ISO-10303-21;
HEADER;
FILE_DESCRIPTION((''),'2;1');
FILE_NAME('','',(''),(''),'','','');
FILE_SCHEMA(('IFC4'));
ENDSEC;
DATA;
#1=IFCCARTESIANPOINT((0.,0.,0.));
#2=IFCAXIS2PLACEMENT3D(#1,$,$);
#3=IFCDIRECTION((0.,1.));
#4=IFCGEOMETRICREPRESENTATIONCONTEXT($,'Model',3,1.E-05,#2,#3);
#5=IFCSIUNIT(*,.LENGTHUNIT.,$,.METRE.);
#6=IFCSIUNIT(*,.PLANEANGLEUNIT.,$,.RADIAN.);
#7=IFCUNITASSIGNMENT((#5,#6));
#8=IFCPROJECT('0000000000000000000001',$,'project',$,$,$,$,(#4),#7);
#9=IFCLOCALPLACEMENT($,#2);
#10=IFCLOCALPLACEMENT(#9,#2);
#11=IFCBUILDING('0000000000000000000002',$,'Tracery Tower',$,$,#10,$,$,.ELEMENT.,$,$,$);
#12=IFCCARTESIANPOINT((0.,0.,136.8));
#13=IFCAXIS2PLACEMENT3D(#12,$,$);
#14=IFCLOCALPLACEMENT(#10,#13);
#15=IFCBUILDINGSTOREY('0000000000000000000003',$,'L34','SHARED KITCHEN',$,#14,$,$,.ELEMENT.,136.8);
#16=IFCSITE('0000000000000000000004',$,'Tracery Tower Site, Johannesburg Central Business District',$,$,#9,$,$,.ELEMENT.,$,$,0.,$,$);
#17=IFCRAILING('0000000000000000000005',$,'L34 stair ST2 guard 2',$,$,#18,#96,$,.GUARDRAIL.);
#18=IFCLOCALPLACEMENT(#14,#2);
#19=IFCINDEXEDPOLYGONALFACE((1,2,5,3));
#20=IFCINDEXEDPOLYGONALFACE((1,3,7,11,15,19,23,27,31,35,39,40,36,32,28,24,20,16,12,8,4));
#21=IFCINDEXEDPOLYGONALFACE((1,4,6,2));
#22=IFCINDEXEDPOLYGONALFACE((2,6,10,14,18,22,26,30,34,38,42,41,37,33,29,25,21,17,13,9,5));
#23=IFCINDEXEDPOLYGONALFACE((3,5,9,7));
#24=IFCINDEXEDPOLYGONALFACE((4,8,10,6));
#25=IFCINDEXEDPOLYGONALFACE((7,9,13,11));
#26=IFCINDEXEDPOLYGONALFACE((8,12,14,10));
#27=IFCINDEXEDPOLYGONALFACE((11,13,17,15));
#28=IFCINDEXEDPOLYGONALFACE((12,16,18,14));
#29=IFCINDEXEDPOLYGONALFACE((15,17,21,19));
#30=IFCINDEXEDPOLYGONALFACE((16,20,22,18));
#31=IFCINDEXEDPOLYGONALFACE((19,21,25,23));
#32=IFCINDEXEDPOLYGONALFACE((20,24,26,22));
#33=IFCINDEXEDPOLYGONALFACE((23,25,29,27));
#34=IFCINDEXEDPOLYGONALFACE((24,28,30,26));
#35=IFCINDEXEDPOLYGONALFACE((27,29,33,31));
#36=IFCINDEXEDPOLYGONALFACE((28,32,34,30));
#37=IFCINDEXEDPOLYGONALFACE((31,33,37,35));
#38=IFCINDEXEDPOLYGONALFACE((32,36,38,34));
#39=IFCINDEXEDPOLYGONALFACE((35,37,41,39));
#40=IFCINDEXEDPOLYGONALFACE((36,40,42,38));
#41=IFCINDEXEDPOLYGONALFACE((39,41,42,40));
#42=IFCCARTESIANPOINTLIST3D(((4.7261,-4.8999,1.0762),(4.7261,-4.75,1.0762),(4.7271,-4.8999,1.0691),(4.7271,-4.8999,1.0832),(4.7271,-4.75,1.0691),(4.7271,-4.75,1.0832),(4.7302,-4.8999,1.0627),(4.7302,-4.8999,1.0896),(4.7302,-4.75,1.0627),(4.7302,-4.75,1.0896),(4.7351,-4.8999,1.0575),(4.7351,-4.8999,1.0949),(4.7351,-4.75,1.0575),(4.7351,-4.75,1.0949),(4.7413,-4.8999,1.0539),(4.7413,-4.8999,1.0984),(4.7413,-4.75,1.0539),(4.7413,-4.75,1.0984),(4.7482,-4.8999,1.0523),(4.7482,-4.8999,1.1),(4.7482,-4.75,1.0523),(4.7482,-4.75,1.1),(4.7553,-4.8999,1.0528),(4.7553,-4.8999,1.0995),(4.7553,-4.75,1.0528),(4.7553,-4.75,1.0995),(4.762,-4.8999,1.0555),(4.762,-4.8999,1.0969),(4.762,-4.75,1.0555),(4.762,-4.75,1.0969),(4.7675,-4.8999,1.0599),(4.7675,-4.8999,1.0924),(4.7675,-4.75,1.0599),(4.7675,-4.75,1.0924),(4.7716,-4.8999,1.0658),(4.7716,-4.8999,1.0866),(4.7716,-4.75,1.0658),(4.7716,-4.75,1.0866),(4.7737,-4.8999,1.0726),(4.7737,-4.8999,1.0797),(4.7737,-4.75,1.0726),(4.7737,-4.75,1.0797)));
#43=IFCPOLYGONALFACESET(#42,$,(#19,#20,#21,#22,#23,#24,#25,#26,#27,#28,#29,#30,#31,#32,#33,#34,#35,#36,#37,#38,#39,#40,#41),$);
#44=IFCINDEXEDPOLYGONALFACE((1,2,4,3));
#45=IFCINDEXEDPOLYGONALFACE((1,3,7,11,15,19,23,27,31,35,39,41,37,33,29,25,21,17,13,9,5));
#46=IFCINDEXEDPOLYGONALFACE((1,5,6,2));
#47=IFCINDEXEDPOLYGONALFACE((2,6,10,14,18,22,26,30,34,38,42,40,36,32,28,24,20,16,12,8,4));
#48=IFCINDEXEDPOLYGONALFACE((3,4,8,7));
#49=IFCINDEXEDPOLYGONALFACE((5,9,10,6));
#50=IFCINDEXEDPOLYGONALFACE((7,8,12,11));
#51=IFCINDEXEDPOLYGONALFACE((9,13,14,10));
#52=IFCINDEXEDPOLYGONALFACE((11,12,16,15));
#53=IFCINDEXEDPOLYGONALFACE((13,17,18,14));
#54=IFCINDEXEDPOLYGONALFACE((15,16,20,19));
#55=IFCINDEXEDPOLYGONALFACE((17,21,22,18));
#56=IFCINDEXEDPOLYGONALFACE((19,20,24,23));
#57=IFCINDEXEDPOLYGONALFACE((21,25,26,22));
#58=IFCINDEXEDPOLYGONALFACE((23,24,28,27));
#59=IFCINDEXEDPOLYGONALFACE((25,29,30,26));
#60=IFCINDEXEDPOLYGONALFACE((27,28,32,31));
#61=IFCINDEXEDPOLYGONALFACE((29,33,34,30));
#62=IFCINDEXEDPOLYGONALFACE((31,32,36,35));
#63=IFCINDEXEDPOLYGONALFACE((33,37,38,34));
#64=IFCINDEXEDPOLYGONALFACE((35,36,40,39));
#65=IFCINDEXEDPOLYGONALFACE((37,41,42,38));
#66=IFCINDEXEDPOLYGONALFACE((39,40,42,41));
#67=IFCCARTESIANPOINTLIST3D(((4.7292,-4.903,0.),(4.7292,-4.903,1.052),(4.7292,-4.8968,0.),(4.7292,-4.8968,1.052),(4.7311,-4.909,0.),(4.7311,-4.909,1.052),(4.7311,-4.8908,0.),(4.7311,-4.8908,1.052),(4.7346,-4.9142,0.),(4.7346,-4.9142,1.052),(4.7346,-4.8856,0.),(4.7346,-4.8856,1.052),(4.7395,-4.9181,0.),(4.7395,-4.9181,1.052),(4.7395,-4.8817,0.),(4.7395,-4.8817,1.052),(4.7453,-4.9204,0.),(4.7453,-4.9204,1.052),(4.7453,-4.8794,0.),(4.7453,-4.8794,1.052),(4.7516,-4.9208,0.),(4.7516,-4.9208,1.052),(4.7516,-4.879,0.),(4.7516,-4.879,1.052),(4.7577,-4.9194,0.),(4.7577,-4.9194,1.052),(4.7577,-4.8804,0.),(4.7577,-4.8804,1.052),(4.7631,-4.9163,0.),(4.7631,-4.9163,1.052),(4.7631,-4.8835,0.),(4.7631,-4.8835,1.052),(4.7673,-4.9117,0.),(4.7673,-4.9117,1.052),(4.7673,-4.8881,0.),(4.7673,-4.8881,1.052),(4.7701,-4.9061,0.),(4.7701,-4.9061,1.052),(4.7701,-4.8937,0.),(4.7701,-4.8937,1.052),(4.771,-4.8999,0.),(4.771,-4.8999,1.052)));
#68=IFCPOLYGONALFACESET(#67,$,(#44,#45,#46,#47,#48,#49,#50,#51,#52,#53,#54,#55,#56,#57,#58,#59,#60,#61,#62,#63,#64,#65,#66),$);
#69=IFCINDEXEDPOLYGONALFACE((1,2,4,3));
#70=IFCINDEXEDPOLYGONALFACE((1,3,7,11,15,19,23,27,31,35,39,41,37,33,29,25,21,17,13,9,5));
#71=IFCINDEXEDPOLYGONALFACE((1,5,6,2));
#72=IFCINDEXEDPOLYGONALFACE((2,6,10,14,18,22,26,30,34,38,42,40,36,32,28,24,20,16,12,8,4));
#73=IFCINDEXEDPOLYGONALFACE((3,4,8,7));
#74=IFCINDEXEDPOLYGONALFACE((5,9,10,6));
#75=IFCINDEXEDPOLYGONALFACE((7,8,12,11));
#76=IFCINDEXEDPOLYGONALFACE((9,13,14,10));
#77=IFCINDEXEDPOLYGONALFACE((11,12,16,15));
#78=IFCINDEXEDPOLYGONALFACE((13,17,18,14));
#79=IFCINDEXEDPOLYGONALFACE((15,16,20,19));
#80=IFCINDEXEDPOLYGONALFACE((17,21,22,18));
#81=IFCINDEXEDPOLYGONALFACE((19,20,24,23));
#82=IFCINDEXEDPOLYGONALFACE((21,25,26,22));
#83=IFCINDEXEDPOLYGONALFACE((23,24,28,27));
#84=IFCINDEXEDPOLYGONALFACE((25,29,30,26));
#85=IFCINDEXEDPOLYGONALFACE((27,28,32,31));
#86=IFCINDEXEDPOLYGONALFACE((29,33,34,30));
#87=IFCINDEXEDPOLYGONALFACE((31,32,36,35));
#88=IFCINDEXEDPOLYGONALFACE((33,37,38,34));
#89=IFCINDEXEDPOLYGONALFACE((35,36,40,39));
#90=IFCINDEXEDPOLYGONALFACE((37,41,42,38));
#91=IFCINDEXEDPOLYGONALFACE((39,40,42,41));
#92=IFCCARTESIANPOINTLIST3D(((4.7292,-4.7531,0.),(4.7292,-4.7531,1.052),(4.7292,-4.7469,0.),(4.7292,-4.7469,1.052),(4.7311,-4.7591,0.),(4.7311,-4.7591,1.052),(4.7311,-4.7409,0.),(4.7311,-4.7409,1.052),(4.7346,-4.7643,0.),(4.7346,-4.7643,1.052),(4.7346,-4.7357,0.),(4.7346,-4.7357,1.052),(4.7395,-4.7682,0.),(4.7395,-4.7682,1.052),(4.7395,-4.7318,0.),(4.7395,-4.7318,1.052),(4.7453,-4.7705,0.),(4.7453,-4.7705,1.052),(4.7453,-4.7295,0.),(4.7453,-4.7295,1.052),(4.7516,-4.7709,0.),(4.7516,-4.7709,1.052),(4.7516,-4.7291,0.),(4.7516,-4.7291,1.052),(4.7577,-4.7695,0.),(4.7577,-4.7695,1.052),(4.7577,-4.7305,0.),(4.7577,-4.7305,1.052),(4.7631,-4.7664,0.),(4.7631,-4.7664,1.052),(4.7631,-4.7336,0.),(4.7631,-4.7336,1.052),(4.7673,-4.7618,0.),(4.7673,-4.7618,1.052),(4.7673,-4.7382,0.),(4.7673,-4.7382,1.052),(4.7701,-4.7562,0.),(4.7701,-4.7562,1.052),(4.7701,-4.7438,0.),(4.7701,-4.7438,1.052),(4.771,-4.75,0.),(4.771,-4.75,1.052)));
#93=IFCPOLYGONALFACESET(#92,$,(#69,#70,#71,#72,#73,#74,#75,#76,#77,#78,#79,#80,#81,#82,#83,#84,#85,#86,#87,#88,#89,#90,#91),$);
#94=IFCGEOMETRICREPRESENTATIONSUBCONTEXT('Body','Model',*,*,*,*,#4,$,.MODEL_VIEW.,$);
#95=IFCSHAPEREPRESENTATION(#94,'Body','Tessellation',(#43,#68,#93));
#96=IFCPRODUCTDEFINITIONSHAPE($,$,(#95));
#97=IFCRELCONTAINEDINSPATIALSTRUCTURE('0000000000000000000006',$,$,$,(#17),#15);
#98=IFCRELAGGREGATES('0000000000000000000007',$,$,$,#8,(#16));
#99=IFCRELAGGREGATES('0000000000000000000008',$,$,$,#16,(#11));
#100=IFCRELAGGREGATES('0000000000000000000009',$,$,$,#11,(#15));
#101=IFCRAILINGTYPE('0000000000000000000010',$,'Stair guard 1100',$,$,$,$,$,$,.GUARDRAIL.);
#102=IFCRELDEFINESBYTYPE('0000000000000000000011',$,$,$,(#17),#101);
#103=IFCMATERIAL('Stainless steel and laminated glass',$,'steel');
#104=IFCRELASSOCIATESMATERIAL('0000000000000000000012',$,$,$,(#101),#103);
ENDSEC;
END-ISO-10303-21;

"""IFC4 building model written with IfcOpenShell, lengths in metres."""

from ifc_helpers import new_model, si_unit, direction, frame, origin, origin_2d, place, context, subcontext, project, spatial, circle, extrude, material, type_object, element, save


model = new_model("IFC4")

# Units and contexts
model_context = context("Model", 3, precision=1e-05, world=origin(), true_north=direction((0.0, 1.0)))
body_context = subcontext(model_context, "Body", "Model", "MODEL_VIEW")
ifc_project = project(units=[si_unit("LENGTHUNIT", "METRE"), si_unit("PLANEANGLEUNIT", "RADIAN")], contexts=[model_context])

# Site, building, storey
site_placement = place(None, origin())
site = spatial("IfcSite", under=ifc_project, at=site_placement, Name="Tracery Tower Site, Johannesburg Central Business District", CompositionType="ELEMENT", RefElevation=0.0)
building_placement = place(site_placement, origin())
building = spatial("IfcBuilding", under=site, at=building_placement, Name="Tracery Tower", CompositionType="ELEMENT")
storey_placement = place(building_placement, frame((0.0, 0.0, 136.8)))
storey = spatial("IfcBuildingStorey", under=building, at=storey_placement, Name="L34", Description="SHARED KITCHEN", CompositionType="ELEMENT", Elevation=136.8)

# Railing
ifc_material_1 = material(Name="Stainless steel and laminated glass", Category="steel")
railing_type_1 = type_object("IfcRailingType", Name="Stair guard 1100", PredefinedType="GUARDRAIL", material=ifc_material_1)
railing_1_placement = place(storey_placement, frame((4.75, -4.8999, 0.0)))
element("IfcRailing", 1, at=railing_1_placement, inside=storey, type_object=railing_type_1, Name="L34 stair ST2 guard 2", PredefinedType="GUARDRAIL", context=body_context, shape_type="SweptSolid", body=[
    extrude(circle(Radius=0.0239, at=origin_2d()), frame((0.0, 0.0, 1.0762), z_axis=(0.0, 1.0, 0.0), x_axis=(-1.0, 0.0, 0.0)), (0.0, 0.0, 1.0), 0.1499),
    extrude(circle(Radius=0.021, at=origin_2d()), origin(), (0.0, 0.0, 1.0), 1.052),
    extrude(circle(Radius=0.021, at=origin_2d()), frame((0.0, 0.1499, 0.0)), (0.0, 0.0, 1.0), 1.052),
])

save(model, "model.ifc")
